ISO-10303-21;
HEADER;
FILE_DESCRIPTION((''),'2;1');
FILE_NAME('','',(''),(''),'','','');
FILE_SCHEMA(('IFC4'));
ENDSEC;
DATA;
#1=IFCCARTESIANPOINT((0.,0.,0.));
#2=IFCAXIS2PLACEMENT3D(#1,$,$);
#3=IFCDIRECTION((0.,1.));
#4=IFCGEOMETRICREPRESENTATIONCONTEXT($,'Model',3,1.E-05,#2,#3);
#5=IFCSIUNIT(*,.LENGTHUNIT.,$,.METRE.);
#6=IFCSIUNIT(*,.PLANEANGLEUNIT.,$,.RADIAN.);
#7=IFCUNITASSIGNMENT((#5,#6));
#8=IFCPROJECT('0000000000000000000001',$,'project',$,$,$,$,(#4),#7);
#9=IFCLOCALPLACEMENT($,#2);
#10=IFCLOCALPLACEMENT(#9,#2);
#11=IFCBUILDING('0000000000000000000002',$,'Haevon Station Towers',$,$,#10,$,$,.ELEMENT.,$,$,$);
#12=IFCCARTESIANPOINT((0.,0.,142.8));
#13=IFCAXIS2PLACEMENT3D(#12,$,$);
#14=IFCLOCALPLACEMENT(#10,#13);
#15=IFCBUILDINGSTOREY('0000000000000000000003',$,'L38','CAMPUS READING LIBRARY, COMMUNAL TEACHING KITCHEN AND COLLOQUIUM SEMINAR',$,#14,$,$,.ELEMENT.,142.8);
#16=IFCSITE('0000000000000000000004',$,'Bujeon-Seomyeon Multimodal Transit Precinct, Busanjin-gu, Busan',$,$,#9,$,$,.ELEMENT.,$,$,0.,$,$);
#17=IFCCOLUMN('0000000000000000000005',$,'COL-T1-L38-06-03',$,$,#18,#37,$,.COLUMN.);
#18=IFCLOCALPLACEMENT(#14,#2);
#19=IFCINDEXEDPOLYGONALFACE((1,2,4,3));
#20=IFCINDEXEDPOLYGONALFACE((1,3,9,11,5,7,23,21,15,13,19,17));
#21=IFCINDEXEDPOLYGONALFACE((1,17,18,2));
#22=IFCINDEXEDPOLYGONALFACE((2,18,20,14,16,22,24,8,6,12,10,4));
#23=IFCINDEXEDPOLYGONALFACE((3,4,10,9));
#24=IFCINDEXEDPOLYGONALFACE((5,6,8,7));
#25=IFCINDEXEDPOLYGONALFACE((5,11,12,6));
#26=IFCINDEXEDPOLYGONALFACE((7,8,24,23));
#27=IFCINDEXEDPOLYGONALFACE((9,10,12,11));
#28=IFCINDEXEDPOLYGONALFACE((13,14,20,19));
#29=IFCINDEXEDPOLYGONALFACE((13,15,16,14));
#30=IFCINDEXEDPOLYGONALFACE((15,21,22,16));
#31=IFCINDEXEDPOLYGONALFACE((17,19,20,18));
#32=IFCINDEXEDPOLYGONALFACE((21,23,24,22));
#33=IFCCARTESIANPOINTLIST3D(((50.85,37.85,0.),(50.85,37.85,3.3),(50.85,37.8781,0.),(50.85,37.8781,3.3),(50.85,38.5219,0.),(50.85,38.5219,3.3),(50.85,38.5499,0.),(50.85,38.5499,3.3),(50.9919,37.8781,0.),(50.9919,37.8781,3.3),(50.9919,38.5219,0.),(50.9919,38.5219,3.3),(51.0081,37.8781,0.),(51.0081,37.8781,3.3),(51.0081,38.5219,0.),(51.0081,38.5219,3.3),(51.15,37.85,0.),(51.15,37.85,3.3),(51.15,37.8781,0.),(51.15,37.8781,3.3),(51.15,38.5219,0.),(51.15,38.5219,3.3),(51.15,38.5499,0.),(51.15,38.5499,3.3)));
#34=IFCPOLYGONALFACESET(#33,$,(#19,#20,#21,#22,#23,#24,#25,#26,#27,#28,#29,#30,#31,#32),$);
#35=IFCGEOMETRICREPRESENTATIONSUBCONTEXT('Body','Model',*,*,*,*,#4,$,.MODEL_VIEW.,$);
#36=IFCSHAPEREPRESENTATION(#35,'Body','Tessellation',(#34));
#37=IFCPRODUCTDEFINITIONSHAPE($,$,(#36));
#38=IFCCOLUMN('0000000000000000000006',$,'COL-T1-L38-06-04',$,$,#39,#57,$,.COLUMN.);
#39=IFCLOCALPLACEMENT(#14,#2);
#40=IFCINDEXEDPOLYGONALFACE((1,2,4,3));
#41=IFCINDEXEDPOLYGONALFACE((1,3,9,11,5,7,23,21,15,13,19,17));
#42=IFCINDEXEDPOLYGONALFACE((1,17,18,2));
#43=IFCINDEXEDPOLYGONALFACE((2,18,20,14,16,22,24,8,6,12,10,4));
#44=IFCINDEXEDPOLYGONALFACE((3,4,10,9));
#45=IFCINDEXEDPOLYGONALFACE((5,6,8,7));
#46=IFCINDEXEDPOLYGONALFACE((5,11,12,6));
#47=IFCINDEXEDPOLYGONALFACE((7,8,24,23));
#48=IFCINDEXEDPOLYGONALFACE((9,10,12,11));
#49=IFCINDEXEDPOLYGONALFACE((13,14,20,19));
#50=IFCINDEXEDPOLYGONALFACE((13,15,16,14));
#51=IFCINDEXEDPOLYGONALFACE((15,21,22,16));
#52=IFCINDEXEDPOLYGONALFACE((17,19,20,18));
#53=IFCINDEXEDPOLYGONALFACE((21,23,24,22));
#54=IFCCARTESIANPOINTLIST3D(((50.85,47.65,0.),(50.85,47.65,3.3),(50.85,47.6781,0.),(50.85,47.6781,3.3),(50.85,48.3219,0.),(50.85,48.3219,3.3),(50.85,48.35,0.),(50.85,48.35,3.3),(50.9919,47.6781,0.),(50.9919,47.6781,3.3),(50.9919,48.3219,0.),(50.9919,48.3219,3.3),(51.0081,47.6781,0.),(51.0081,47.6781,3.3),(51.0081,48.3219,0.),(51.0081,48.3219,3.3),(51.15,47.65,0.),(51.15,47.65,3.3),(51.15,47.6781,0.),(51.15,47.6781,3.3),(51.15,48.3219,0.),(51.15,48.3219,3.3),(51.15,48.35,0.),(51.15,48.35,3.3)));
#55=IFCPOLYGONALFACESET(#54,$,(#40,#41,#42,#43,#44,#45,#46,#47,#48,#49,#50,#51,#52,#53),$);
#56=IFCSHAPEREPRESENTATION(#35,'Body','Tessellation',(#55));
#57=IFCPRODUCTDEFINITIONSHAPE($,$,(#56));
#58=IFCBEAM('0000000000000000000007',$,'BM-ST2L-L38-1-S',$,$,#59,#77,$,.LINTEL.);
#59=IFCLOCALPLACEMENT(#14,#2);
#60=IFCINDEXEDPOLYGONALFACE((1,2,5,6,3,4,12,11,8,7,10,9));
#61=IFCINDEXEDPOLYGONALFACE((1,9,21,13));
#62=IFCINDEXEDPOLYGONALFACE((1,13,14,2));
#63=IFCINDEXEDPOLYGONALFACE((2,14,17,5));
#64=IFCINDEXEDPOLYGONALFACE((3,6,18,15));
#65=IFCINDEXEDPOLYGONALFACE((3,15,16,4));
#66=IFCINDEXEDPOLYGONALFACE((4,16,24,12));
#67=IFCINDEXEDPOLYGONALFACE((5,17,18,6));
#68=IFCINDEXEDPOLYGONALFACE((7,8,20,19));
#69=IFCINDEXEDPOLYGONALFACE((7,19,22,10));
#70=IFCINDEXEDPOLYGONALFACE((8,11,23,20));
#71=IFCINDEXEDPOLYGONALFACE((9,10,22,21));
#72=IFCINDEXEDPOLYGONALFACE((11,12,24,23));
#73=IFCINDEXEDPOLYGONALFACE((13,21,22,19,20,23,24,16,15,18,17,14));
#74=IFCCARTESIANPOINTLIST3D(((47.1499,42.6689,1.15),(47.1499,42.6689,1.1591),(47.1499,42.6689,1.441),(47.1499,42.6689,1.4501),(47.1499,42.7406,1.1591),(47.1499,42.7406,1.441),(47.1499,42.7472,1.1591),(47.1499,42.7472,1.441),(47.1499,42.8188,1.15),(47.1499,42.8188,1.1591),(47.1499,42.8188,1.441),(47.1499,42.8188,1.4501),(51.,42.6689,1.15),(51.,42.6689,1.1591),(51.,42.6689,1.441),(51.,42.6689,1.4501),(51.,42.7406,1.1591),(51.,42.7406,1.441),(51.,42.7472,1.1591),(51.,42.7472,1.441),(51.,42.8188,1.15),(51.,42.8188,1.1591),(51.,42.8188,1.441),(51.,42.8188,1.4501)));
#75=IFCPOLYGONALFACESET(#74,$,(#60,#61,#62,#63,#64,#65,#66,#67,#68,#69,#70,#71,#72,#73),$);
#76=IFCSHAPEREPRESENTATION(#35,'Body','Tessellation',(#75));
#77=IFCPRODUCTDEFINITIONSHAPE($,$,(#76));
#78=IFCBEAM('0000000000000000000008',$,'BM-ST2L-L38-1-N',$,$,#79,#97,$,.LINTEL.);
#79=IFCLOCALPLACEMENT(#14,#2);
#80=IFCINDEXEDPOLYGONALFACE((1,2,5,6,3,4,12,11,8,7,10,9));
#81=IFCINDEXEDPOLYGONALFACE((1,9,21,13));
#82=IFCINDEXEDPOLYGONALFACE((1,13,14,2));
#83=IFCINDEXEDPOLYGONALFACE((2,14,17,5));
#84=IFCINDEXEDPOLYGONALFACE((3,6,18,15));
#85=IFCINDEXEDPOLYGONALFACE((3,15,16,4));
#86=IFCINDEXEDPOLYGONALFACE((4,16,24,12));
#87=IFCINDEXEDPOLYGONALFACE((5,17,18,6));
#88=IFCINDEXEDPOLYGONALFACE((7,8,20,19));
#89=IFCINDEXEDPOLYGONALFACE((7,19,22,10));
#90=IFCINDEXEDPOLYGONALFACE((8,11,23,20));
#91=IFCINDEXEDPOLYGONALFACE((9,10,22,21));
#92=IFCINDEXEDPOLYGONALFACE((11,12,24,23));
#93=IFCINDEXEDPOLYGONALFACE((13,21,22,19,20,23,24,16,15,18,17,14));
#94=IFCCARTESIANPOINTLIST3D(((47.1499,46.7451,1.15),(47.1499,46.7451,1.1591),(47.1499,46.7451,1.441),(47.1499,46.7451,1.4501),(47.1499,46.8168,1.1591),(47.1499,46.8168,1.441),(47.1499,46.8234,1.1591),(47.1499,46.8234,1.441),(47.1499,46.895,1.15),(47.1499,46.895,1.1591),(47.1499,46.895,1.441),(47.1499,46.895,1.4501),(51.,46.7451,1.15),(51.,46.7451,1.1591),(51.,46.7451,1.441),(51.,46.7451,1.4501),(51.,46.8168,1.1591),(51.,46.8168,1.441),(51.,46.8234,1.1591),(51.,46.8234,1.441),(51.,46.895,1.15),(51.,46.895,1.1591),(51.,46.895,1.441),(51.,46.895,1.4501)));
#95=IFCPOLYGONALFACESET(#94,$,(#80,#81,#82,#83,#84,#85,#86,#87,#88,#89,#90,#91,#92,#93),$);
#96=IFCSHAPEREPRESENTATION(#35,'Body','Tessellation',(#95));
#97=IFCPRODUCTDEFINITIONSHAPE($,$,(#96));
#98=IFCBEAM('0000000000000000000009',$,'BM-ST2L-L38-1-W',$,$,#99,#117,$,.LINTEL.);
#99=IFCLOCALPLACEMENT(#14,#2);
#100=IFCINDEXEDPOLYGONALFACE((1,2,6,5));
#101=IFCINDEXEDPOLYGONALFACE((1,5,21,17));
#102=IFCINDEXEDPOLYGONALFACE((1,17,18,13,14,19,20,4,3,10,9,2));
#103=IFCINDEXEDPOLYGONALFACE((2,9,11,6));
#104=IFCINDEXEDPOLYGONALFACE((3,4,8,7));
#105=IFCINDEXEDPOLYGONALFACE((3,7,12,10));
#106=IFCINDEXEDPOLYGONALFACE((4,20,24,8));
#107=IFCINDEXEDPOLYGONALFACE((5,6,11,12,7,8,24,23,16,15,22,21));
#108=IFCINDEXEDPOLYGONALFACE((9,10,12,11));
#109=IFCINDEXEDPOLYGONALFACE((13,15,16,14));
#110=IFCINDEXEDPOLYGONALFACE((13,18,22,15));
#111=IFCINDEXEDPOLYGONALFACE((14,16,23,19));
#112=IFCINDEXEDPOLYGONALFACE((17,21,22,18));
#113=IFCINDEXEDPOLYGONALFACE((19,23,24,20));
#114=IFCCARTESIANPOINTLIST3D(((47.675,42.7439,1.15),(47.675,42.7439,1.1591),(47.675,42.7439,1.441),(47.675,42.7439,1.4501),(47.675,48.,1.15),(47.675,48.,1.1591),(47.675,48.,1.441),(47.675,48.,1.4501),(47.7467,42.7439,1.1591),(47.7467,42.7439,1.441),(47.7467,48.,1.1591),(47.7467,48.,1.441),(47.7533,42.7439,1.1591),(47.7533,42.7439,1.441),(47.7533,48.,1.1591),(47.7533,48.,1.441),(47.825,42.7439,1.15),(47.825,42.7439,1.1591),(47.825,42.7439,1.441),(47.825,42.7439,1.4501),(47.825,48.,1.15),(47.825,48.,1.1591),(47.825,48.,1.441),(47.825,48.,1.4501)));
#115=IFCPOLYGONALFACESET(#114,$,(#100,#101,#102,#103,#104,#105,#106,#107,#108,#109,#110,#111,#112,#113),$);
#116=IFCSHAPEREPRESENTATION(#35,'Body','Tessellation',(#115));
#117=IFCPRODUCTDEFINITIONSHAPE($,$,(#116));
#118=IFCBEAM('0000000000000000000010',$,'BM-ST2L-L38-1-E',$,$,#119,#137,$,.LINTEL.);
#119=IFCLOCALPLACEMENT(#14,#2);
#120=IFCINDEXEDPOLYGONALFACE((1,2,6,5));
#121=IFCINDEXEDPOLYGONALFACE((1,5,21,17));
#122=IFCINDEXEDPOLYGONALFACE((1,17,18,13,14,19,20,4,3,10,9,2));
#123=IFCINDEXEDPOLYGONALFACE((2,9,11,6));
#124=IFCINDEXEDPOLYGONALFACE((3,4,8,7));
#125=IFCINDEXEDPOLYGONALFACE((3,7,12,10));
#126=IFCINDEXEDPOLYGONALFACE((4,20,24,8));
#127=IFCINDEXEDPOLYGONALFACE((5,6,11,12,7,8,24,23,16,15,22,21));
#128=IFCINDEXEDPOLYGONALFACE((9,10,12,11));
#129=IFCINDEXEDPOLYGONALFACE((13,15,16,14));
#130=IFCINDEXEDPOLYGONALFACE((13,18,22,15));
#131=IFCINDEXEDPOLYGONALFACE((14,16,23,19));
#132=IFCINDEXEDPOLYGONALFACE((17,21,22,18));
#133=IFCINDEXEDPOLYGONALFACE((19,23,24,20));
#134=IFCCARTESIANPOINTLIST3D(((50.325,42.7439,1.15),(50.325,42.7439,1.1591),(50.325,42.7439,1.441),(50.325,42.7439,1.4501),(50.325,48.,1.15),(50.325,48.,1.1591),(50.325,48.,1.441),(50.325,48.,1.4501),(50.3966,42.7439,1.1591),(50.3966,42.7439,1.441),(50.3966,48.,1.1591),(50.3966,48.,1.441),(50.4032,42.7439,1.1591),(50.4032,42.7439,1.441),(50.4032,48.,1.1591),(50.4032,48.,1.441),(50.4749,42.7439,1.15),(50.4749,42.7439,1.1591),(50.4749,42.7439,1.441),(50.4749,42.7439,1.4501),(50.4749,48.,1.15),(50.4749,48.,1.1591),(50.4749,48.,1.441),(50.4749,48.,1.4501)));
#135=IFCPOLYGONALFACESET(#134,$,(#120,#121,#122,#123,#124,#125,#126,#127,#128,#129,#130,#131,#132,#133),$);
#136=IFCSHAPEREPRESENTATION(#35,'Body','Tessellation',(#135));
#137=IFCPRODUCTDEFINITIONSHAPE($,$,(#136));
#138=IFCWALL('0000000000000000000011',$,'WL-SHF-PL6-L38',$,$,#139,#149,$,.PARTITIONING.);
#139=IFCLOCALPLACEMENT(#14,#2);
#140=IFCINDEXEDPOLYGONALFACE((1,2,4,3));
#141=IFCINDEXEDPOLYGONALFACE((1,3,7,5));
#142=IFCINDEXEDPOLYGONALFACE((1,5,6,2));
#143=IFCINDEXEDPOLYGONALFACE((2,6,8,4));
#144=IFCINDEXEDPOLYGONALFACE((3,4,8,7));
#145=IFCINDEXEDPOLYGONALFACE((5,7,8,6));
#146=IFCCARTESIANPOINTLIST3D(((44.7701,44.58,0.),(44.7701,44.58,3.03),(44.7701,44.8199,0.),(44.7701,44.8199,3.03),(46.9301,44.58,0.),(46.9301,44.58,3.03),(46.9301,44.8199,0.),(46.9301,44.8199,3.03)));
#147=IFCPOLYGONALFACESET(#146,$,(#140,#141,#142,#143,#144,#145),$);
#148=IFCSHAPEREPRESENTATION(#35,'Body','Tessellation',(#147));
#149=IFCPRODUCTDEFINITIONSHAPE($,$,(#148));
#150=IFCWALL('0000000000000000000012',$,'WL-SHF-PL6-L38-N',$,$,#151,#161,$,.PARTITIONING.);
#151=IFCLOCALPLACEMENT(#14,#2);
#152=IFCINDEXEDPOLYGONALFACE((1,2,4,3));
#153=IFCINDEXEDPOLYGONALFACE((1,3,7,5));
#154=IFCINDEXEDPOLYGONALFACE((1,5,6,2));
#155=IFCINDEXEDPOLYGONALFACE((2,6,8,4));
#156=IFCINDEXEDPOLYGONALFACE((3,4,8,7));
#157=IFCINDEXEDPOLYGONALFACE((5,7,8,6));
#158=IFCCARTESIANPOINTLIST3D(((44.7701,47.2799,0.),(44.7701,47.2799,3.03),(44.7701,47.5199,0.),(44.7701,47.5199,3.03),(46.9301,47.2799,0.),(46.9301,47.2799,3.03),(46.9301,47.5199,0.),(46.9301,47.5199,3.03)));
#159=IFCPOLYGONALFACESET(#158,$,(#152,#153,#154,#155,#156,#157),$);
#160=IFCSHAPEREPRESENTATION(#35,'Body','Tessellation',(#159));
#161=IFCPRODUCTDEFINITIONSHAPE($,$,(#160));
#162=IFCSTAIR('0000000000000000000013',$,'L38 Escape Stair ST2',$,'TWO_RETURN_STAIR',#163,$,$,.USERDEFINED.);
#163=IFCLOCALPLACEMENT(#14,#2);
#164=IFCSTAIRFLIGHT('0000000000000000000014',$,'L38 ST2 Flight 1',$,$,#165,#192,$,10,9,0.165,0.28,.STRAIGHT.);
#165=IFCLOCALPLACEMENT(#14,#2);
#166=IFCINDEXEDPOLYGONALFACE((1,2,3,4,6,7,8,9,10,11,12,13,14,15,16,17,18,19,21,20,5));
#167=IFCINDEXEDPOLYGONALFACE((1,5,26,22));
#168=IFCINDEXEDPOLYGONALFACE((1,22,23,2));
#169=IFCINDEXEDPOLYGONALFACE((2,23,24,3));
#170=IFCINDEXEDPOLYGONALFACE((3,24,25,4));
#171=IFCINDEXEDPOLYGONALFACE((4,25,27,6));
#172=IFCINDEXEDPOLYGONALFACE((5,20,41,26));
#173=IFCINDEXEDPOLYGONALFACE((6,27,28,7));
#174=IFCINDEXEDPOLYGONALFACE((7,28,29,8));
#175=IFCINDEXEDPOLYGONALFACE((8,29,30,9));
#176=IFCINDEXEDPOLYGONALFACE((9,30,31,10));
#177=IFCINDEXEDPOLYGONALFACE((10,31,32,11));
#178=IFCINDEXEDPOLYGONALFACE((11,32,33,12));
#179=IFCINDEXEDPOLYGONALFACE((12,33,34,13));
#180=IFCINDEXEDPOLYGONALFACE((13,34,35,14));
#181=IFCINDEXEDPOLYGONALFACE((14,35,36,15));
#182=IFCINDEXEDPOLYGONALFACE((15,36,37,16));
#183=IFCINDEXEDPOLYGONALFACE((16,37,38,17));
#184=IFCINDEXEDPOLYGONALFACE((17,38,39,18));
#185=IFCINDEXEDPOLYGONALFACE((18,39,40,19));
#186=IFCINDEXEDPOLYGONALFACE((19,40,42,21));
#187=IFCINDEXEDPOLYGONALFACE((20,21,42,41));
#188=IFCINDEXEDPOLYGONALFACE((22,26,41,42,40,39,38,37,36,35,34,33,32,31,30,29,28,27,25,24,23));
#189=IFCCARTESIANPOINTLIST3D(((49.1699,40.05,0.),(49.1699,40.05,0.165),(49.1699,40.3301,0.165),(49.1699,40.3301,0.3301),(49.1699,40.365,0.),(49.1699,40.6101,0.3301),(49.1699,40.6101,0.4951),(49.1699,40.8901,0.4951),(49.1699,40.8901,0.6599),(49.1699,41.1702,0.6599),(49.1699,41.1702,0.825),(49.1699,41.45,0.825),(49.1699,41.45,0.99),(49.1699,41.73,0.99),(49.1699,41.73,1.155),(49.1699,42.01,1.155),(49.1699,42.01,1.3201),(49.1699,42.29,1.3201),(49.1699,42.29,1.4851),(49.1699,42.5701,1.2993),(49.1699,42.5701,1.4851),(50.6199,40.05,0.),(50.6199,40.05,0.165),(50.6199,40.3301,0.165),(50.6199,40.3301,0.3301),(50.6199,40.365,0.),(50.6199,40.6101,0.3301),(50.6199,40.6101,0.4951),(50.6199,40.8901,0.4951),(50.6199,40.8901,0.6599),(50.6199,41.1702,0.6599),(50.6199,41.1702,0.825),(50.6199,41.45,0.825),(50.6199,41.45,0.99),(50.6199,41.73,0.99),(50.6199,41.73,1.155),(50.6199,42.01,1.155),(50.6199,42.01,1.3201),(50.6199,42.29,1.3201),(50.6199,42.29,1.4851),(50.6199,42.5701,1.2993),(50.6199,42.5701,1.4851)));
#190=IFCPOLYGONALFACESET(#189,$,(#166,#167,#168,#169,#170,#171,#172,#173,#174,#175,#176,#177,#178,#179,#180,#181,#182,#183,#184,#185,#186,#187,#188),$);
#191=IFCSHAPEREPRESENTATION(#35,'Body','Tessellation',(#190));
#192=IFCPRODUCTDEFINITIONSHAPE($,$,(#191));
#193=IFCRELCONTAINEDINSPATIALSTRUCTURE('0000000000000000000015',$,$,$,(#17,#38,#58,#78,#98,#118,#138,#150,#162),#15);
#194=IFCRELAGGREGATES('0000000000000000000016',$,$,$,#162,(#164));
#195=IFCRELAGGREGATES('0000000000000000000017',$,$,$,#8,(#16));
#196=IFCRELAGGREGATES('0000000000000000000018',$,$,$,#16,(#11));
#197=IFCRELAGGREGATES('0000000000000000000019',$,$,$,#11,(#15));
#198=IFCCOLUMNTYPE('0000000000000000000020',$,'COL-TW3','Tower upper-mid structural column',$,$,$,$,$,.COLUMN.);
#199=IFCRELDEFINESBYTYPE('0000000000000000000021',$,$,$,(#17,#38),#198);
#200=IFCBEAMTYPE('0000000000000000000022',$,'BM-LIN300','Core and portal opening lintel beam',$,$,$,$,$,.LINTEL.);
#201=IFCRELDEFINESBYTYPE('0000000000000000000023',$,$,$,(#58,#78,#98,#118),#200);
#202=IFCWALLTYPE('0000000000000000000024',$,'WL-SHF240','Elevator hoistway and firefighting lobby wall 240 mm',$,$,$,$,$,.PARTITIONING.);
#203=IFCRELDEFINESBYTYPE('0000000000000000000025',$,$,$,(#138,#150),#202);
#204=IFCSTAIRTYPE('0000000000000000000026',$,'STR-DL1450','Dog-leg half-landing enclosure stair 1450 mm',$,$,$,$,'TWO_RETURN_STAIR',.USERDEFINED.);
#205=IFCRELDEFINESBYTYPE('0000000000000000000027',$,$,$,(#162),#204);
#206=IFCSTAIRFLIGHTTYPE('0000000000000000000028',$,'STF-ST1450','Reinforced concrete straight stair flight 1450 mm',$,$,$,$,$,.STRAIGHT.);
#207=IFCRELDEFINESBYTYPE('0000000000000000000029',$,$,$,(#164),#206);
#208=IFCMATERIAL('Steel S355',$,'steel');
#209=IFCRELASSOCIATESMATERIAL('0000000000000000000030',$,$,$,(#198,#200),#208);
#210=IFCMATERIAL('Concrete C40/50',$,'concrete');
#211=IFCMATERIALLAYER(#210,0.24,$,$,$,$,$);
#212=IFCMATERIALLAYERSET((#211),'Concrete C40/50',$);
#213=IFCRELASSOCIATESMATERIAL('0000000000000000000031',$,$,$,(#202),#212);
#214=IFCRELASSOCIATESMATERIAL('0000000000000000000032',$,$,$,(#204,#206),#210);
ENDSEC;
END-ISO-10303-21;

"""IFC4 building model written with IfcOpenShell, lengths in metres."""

from ifc_helpers import new_model, si_unit, direction, frame, frame_2d, origin, origin_2d, place, context, subcontext, project, spatial, polyline, rectangle, i_section, outline, extrude, material, layer, layer_set, material_profile, profile_set, type_object, element, aggregate, save


model = new_model("IFC4")

# Units and contexts
model_context = context("Model", 3, precision=1e-05, world=origin(), true_north=direction((0.0, 1.0)))
body_context = subcontext(model_context, "Body", "Model", "MODEL_VIEW")
ifc_project = project(units=[si_unit("LENGTHUNIT", "METRE"), si_unit("PLANEANGLEUNIT", "RADIAN")], contexts=[model_context])

# Site, building, storey
site_placement = place(None, origin())
site = spatial("IfcSite", under=ifc_project, at=site_placement, Name="Bujeon-Seomyeon Multimodal Transit Precinct, Busanjin-gu, Busan", CompositionType="ELEMENT", RefElevation=0.0)
building_placement = place(site_placement, origin())
building = spatial("IfcBuilding", under=site, at=building_placement, Name="Haevon Station Towers", CompositionType="ELEMENT")
storey_placement = place(building_placement, frame((0.0, 0.0, 142.8)))
storey = spatial("IfcBuildingStorey", under=building, at=storey_placement, Name="L38", Description="CAMPUS READING LIBRARY, COMMUNAL TEACHING KITCHEN AND COLLOQUIUM SEMINAR", CompositionType="ELEMENT", Elevation=142.8)

# Columns
ifc_material_1 = material(Name="Steel S355", Category="steel")
ifc_material_profile_1 = material_profile(ifc_material_1, i_section(OverallWidth=0.3, OverallDepth=0.7, WebThickness=0.0161, FlangeThickness=0.0281, at=origin_2d()), Name="H-700x300x16x28")
ifc_profile_set_1 = profile_set([ifc_material_profile_1], Name="Steel S355")
column_type = type_object("IfcColumnType", Name="COL-TW3", Description="Tower upper-mid structural column", PredefinedType="COLUMN", material=ifc_profile_set_1)
for number, where, z_axis, x_axis, name in (
    (1, (51.0, 38.2, 0.0), (0.0, 0.0, 1.0), (1.0, 0.0, 0.0), "COL-T1-L38-06-03"),
    (2, (51.0, 48.0, 0.0), (0.0, 0.0, 1.0), (1.0, 0.0, 0.0), "COL-T1-L38-06-04"),
):
    element("IfcColumn", number, at=place(storey_placement, frame(where, z_axis=z_axis, x_axis=x_axis)), inside=storey, type_object=column_type, Name=name, PredefinedType="COLUMN", context=body_context, shape_type="SweptSolid", body=[
        extrude(i_section(OverallWidth=0.3, OverallDepth=0.7, WebThickness=0.0161, FlangeThickness=0.0281, at=origin_2d()), origin(), (0.0, 0.0, 1.0), 3.3),
    ])

# Beams
ifc_material_profile_2 = material_profile(ifc_material_1, i_section(OverallWidth=0.1499, OverallDepth=0.3, WebThickness=0.0066, FlangeThickness=0.009, at=origin_2d()), Name="H-300x150x6.5x9")
ifc_profile_set_2 = profile_set([ifc_material_profile_2], Name="Steel S355")
beam_type = type_object("IfcBeamType", Name="BM-LIN300", Description="Core and portal opening lintel beam", PredefinedType="LINTEL", material=ifc_profile_set_2)
for number, where, z_axis, x_axis, name in (
    (3, (47.1499, 42.7439, 1.3), (1.0, 0.0, 0.0), (0.0, 1.0, 0.0), "BM-ST2L-L38-1-S"),
    (4, (47.1499, 46.8201, 1.3), (1.0, 0.0, 0.0), (0.0, 1.0, 0.0), "BM-ST2L-L38-1-N"),
):
    element("IfcBeam", number, at=place(storey_placement, frame(where, z_axis=z_axis, x_axis=x_axis)), inside=storey, type_object=beam_type, Name=name, PredefinedType="LINTEL", context=body_context, shape_type="SweptSolid", body=[
        extrude(i_section(OverallWidth=0.1499, OverallDepth=0.3, WebThickness=0.0066, FlangeThickness=0.009, at=origin_2d()), origin(), (0.0, 0.0, 1.0), 3.8501),
    ])
for number, where, z_axis, x_axis, name in (
    (5, (47.75, 42.7439, 1.3), (0.0, 1.0, 0.0), (-1.0, 0.0, 0.0), "BM-ST2L-L38-1-W"),
    (6, (50.3999, 42.7439, 1.3), (0.0, 1.0, 0.0), (-1.0, 0.0, 0.0), "BM-ST2L-L38-1-E"),
):
    element("IfcBeam", number, at=place(storey_placement, frame(where, z_axis=z_axis, x_axis=x_axis)), inside=storey, type_object=beam_type, Name=name, PredefinedType="LINTEL", context=body_context, shape_type="SweptSolid", body=[
        extrude(i_section(OverallWidth=0.1499, OverallDepth=0.3, WebThickness=0.0066, FlangeThickness=0.009, at=origin_2d()), origin(), (0.0, 0.0, 1.0), 5.2561),
    ])

# Walls
ifc_material_2 = material(Name="Concrete C40/50", Category="concrete")
ifc_layer = layer(ifc_material_2, 0.24)
ifc_layer_set = layer_set([ifc_layer], Name="Concrete C40/50")
wall_type = type_object("IfcWallType", Name="WL-SHF240", Description="Elevator hoistway and firefighting lobby wall 240 mm", PredefinedType="PARTITIONING", material=ifc_layer_set)
for number, where, z_axis, x_axis, name in (
    (7, (44.77, 44.7, 0.0), (0.0, 0.0, 1.0), (1.0, 0.0, 0.0), "WL-SHF-PL6-L38"),
    (8, (44.77, 47.3999, 0.0), (0.0, 0.0, 1.0), (1.0, 0.0, 0.0), "WL-SHF-PL6-L38-N"),
):
    element("IfcWall", number, at=place(storey_placement, frame(where, z_axis=z_axis, x_axis=x_axis)), inside=storey, type_object=wall_type, Name=name, PredefinedType="PARTITIONING", context=body_context, shape_type="SweptSolid", body=[
        extrude(rectangle(XDim=2.1599, YDim=0.24, at=frame_2d((1.0801, 0.0))), origin(), (0.0, 0.0, 1.0), 3.03),
    ])

# Stair, stair flight
stair_type = type_object("IfcStairType", Name="STR-DL1450", Description="Dog-leg half-landing enclosure stair 1450 mm", ElementType="TWO_RETURN_STAIR", PredefinedType="USERDEFINED", material=ifc_material_2)
stair_placement = place(storey_placement, origin())
stair = element("IfcStair", 9, at=stair_placement, inside=storey, type_object=stair_type, Name="L38 Escape Stair ST2", ObjectType="TWO_RETURN_STAIR", PredefinedType="USERDEFINED")
stair_flight_type = type_object("IfcStairFlightType", Name="STF-ST1450", Description="Reinforced concrete straight stair flight 1450 mm", PredefinedType="STRAIGHT", material=ifc_material_2)
stair_flight_1_placement = place(storey_placement, frame((49.895, 40.05, 0.0), z_axis=(0.0, 0.0, 1.0), x_axis=(0.0, 1.0, 0.0)))
stair_flight_1 = element("IfcStairFlight", 10, at=stair_flight_1_placement, type_object=stair_flight_type, Name="L38 ST2 Flight 1", NumberOfRisers=10, NumberOfTreads=9, PredefinedType="STRAIGHT", RiserHeight=0.165, TreadLength=0.28, context=body_context, shape_type="SweptSolid", body=[
    extrude(outline(polyline([(0.0, 0.0), (0.0, 0.165), (0.28, 0.165), (0.28, 0.3301), (0.5601, 0.3301), (0.5601, 0.4951), (0.8401, 0.4951), (0.8401, 0.6599), (1.1201, 0.6599), (1.1201, 0.825), (1.3999, 0.825), (1.3999, 0.99), (1.6799, 0.99), (1.6799, 1.155), (1.96, 1.155), (1.96, 1.3201), (2.24, 1.3201), (2.24, 1.4851), (2.52, 1.4851), (2.52, 1.6499), (2.52, 1.2993), (0.3149, 0.0), (0.0, 0.0)])), frame((0.0, 0.7251, 0.0), z_axis=(0.0, -1.0, 0.0), x_axis=(1.0, 0.0, 0.0)), (0.0, 0.0, 1.0), 1.45),
])
aggregate(stair, [stair_flight_1])

save(model, "model.ifc")
